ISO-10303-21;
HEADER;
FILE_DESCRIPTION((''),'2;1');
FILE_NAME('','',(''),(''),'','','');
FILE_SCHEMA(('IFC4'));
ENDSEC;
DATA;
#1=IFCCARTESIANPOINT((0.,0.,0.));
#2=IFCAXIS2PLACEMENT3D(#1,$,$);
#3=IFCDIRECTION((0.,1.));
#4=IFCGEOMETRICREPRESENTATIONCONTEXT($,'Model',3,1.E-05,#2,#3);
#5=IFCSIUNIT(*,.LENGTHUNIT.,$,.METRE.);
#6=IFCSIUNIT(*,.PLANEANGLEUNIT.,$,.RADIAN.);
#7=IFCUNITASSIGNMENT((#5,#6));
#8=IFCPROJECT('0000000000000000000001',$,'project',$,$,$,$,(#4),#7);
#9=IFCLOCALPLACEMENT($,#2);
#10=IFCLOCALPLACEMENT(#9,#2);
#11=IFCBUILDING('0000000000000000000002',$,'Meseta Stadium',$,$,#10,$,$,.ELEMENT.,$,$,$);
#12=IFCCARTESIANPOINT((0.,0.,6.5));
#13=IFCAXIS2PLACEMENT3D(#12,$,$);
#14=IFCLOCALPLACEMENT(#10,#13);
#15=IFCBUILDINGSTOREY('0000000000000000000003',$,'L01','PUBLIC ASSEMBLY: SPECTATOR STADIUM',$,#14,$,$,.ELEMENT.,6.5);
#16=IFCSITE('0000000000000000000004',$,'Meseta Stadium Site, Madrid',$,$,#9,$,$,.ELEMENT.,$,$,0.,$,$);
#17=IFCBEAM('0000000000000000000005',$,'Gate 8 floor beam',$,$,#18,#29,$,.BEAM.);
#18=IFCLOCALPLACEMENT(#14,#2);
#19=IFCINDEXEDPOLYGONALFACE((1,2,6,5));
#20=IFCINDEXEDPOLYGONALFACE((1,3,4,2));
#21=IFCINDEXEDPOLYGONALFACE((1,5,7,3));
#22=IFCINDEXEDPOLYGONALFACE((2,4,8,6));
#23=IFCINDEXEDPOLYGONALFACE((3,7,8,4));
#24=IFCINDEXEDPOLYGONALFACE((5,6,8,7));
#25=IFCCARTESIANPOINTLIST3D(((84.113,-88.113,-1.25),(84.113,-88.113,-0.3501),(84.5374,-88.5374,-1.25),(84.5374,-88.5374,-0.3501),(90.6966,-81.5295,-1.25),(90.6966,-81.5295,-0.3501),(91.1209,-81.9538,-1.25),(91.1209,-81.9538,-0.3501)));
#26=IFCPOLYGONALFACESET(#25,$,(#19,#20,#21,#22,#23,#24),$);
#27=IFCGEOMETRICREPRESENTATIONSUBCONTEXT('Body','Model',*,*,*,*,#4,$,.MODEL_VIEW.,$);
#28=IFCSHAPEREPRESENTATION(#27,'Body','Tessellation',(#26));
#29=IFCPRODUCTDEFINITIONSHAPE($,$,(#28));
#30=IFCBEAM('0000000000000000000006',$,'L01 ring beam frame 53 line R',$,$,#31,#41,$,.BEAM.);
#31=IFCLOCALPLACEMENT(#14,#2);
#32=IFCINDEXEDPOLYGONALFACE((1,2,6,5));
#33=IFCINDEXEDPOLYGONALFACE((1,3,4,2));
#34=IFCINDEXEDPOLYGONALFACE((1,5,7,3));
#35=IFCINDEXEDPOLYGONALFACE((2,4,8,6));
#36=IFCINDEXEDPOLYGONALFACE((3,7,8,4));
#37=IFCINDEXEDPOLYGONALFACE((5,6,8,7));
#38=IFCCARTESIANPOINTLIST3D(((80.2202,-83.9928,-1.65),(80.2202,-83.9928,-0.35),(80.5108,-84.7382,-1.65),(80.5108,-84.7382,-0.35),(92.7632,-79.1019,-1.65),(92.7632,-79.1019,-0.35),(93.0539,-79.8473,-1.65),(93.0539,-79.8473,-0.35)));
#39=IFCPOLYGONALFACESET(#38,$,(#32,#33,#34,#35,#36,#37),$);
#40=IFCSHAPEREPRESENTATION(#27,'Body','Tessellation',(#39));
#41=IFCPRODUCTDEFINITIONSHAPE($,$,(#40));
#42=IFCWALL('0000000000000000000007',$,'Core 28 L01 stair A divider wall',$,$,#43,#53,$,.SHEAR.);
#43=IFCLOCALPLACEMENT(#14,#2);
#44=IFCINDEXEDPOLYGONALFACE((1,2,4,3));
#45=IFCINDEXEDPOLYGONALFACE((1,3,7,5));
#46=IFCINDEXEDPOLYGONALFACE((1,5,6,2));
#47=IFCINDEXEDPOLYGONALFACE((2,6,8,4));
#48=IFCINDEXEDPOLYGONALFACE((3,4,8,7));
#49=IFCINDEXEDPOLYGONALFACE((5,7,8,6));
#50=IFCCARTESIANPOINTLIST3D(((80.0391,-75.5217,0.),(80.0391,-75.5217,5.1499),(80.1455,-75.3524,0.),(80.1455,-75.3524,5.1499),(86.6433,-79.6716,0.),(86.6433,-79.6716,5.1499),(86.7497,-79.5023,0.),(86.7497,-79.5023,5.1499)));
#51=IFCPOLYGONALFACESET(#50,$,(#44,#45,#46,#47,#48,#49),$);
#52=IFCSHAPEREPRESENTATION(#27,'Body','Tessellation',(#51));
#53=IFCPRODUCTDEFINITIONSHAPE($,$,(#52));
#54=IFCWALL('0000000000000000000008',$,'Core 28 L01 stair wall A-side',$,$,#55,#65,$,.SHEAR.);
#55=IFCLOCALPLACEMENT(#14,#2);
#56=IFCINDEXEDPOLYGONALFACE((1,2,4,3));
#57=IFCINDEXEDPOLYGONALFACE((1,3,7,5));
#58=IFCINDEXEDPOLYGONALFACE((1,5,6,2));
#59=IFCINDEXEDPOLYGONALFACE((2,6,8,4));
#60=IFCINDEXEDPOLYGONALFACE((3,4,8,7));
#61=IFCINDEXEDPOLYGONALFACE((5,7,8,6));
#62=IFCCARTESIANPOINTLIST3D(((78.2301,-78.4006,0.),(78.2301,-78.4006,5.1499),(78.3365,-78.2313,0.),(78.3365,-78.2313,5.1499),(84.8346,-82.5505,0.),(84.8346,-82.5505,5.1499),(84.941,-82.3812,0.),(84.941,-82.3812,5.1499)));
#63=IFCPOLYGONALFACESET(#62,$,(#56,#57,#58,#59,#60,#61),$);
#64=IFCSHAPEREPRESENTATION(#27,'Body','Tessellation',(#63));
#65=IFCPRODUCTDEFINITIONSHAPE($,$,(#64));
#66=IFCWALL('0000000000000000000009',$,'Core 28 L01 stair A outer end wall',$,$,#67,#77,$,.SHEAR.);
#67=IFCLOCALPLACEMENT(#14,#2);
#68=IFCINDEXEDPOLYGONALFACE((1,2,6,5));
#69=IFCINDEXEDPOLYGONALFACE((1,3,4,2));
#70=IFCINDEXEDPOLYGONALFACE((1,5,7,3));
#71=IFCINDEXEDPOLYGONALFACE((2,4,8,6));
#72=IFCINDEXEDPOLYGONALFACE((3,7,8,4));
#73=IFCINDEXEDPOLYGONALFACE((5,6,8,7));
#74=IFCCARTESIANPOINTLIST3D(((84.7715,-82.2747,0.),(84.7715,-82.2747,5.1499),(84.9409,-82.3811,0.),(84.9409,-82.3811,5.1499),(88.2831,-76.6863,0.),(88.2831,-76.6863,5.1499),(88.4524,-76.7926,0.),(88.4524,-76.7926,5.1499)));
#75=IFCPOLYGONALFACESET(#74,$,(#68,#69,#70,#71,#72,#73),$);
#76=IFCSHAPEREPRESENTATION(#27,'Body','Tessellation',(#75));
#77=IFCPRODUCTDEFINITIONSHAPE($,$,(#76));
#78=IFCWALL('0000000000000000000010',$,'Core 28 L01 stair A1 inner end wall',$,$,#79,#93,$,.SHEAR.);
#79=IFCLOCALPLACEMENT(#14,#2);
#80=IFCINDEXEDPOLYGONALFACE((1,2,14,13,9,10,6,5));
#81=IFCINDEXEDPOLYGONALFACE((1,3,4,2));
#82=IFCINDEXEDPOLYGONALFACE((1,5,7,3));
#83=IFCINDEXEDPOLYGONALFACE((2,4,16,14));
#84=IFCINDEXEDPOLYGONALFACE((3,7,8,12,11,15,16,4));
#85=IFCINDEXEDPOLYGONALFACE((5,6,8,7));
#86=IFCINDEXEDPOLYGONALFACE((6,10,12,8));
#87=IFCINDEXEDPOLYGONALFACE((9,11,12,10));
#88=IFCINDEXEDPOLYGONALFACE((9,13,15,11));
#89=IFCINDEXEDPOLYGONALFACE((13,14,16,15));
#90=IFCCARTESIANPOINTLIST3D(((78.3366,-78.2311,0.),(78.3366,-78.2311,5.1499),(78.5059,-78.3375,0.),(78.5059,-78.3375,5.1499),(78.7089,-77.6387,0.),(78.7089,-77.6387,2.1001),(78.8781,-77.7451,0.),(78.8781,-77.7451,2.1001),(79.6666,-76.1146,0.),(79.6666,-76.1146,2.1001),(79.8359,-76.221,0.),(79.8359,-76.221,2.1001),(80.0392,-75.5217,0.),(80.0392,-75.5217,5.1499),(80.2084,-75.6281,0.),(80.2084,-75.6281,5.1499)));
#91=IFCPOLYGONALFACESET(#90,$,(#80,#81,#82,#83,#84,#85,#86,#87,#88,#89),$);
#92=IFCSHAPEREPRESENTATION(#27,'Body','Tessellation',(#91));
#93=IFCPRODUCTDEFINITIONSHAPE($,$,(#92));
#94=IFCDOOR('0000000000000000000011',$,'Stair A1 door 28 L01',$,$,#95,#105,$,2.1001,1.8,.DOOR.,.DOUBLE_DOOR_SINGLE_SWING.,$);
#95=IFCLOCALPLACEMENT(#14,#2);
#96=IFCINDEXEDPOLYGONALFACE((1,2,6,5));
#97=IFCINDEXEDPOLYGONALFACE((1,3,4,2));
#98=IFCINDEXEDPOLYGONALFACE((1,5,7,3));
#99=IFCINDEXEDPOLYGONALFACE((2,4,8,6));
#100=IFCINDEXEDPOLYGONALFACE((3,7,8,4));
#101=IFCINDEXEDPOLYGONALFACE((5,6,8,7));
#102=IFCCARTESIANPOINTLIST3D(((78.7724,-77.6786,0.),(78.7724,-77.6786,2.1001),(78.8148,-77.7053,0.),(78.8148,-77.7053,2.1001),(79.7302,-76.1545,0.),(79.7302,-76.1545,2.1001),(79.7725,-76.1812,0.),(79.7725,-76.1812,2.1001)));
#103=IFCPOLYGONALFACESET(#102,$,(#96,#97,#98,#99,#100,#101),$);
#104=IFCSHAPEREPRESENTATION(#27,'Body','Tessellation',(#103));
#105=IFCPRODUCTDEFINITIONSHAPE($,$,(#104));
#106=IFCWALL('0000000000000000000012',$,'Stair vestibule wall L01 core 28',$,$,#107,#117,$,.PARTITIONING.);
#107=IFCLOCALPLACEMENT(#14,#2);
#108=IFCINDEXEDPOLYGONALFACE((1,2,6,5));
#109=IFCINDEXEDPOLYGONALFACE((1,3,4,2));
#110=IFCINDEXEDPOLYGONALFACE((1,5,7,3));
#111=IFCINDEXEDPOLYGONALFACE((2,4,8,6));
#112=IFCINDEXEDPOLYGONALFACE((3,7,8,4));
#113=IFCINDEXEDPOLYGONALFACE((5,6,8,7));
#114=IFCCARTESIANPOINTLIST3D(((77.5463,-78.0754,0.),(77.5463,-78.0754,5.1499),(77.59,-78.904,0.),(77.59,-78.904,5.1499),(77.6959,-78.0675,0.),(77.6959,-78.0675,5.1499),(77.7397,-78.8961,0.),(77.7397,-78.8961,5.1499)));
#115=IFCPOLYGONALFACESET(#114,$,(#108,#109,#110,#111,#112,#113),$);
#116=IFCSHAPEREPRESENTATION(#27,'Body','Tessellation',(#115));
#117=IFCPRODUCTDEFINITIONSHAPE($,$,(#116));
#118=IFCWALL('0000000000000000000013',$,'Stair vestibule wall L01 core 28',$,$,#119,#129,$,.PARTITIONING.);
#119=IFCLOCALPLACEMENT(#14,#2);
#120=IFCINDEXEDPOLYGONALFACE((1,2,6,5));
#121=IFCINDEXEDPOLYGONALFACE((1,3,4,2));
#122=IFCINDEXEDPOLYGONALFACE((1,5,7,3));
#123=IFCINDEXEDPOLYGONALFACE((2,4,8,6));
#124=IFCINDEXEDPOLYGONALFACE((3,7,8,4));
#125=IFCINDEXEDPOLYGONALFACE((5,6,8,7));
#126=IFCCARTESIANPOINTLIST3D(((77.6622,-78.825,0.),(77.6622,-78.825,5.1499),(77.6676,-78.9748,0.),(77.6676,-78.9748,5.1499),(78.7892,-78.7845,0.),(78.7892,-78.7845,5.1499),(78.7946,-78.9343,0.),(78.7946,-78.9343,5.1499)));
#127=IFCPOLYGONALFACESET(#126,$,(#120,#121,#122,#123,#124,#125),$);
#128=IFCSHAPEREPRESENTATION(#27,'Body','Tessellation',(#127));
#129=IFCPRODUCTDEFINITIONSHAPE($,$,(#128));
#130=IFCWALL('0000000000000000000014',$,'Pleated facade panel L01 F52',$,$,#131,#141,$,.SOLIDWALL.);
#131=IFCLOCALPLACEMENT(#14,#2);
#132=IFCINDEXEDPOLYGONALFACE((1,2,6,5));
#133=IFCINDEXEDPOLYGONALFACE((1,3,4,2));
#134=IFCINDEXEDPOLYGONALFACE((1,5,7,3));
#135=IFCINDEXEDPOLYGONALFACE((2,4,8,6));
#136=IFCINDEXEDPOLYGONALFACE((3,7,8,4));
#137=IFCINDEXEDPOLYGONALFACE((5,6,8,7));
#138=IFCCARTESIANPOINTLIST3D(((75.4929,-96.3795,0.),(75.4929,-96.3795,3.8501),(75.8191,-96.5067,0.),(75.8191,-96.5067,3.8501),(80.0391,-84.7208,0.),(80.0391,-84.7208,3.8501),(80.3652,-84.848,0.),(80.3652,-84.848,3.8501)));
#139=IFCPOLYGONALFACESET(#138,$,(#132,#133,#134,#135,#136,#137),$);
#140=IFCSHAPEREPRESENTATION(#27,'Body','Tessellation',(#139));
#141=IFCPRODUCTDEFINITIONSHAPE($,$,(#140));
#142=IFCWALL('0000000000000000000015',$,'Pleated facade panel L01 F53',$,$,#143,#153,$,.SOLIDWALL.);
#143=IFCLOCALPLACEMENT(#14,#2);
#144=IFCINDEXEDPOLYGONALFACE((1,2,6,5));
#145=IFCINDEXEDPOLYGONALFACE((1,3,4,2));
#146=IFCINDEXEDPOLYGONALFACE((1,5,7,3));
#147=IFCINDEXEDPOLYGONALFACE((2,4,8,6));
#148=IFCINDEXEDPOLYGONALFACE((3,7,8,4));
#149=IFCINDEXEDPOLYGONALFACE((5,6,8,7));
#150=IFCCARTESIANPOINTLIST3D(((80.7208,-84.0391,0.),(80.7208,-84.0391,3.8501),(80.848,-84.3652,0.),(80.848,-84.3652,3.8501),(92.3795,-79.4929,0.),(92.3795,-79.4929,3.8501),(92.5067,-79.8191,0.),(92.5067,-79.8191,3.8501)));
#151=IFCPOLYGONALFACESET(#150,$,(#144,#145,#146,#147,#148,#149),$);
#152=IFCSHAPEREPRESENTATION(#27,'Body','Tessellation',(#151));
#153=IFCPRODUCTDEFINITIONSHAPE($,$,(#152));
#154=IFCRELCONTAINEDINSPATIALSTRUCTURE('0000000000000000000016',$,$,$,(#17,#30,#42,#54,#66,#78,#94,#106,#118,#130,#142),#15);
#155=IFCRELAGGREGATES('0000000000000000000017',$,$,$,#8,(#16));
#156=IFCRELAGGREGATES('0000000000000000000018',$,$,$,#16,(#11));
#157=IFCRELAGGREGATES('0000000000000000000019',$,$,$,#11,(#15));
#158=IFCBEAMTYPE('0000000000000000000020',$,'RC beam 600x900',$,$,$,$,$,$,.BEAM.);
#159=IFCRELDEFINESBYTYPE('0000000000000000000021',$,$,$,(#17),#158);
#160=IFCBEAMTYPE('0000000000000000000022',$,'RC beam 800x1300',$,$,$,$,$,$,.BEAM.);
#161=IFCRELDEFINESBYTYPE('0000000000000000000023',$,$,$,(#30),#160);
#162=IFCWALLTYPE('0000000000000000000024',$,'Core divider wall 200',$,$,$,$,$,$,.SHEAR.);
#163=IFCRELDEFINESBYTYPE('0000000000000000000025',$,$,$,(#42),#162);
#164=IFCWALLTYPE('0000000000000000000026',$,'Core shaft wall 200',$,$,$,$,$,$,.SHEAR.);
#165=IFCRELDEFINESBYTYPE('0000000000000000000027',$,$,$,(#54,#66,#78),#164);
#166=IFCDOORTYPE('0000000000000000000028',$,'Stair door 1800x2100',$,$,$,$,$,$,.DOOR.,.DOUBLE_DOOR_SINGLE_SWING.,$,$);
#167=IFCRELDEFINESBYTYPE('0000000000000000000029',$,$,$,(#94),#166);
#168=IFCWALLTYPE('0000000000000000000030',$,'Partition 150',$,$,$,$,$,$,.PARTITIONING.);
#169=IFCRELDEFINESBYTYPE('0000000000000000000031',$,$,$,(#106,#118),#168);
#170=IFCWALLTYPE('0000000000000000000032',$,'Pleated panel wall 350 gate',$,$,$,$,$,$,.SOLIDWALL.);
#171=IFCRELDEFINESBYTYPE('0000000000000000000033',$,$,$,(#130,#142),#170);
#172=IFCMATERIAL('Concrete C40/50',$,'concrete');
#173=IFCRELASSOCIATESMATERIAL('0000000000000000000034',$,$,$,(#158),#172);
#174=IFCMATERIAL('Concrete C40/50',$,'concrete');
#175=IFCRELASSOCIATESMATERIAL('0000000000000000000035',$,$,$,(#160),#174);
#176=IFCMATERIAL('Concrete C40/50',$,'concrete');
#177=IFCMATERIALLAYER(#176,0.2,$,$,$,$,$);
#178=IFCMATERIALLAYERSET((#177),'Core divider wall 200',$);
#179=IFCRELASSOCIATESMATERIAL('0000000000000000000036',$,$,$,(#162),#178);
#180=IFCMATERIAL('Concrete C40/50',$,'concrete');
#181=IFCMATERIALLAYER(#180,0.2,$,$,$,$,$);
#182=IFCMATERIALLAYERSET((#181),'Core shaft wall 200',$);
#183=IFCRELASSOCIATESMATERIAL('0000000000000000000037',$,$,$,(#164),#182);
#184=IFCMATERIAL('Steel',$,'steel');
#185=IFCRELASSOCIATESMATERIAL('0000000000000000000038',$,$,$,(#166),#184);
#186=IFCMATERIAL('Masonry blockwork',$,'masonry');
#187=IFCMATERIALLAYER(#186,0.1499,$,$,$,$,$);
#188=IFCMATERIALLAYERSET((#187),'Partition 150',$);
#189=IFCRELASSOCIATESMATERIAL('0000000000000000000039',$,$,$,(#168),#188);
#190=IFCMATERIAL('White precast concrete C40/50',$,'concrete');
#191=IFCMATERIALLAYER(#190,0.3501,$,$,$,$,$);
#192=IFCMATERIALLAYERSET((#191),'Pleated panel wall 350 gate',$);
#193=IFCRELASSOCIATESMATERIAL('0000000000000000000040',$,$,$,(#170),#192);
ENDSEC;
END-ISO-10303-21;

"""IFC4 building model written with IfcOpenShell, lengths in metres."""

from ifc_helpers import new_model, si_unit, direction, frame, frame_2d, origin, origin_2d, place, context, subcontext, project, spatial, rectangle, extrude, material, layer, layer_set, material_profile, profile_set, type_object, element, fill, save


model = new_model("IFC4")

# Units and contexts
model_context = context("Model", 3, precision=1e-05, world=origin(), true_north=direction((0.0, 1.0)))
body_context = subcontext(model_context, "Body", "Model", "MODEL_VIEW")
ifc_project = project(units=[si_unit("LENGTHUNIT", "METRE"), si_unit("PLANEANGLEUNIT", "RADIAN")], contexts=[model_context])

# Site, building, storey
site_placement = place(None, origin())
site = spatial("IfcSite", under=ifc_project, at=site_placement, Name="Meseta Stadium Site, Madrid", CompositionType="ELEMENT", RefElevation=0.0)
building_placement = place(site_placement, origin())
building = spatial("IfcBuilding", under=site, at=building_placement, Name="Meseta Stadium", CompositionType="ELEMENT")
storey_placement = place(building_placement, frame((0.0, 0.0, 6.5)))
storey = spatial("IfcBuildingStorey", under=building, at=storey_placement, Name="L01", Description="PUBLIC ASSEMBLY: SPECTATOR STADIUM", CompositionType="ELEMENT", Elevation=6.5)

# Beams
ifc_material_1 = material(Name="Concrete C40/50", Category="concrete")
ifc_material_profile_1 = material_profile(ifc_material_1, rectangle(XDim=0.6001, YDim=0.8999, at=origin_2d()), Name="RC 600x900")
ifc_profile_set_1 = profile_set([ifc_material_profile_1], Name="Concrete C40/50")
beam_type_1 = type_object("IfcBeamType", Name="RC beam 600x900", PredefinedType="BEAM", material=ifc_profile_set_1)
beam_1_placement = place(storey_placement, frame((84.3252, -88.3252, -0.8), z_axis=(0.707107, 0.707107, 0.0), x_axis=(-0.707107, 0.707107, 0.0)))
element("IfcBeam", 1, at=beam_1_placement, inside=storey, type_object=beam_type_1, Name="Gate 8 floor beam", PredefinedType="BEAM", context=body_context, shape_type="SweptSolid", body=[
    extrude(rectangle(XDim=0.6001, YDim=0.8999, at=origin_2d()), origin(), (0.0, 0.0, 1.0), 9.3105),
])
ifc_material_2 = material(Name="Concrete C40/50", Category="concrete")
ifc_material_profile_2 = material_profile(ifc_material_2, rectangle(XDim=0.8, YDim=1.3, at=origin_2d()), Name="RC 800x1300")
ifc_profile_set_2 = profile_set([ifc_material_profile_2], Name="Concrete C40/50")
beam_type_2 = type_object("IfcBeamType", Name="RC beam 800x1300", PredefinedType="BEAM", material=ifc_profile_set_2)
beam_2_placement = place(storey_placement, frame((80.3655, -84.3655, -1.0), z_axis=(0.931677, 0.363288, 0.0), x_axis=(-0.363288, 0.931677, 0.0)))
element("IfcBeam", 2, at=beam_2_placement, inside=storey, type_object=beam_type_2, Name="L01 ring beam frame 53 line R", PredefinedType="BEAM", context=body_context, shape_type="SweptSolid", body=[
    extrude(rectangle(XDim=0.8, YDim=1.3, at=origin_2d()), origin(), (0.0, 0.0, 1.0), 13.4629),
])

# Walls
ifc_material_3 = material(Name="Concrete C40/50", Category="concrete")
ifc_layer_1 = layer(ifc_material_3, 0.2)
ifc_layer_set_1 = layer_set([ifc_layer_1], Name="Core divider wall 200")
wall_type_1 = type_object("IfcWallType", Name="Core divider wall 200", PredefinedType="SHEAR", material=ifc_layer_set_1)
wall_1_placement = place(storey_placement, frame((86.6965, -79.5869, 0.0), z_axis=(0.0, 0.0, 1.0), x_axis=(-0.846714, 0.532048, 0.0)))
element("IfcWall", 3, at=wall_1_placement, inside=storey, type_object=wall_type_1, Name="Core 28 L01 stair A divider wall", PredefinedType="SHEAR", context=body_context, shape_type="SweptSolid", body=[
    extrude(rectangle(XDim=7.7998, YDim=0.2, at=frame_2d((3.8999, 0.0))), origin(), (0.0, 0.0, 1.0), 5.1499),
])
ifc_material_4 = material(Name="Concrete C40/50", Category="concrete")
ifc_layer_2 = layer(ifc_material_4, 0.2)
ifc_layer_set_2 = layer_set([ifc_layer_2], Name="Core shaft wall 200")
wall_type_2 = type_object("IfcWallType", Name="Core shaft wall 200", PredefinedType="SHEAR", material=ifc_layer_set_2)
wall_2_placement = place(storey_placement, frame((84.8877, -82.4658, 0.0), z_axis=(0.0, 0.0, 1.0), x_axis=(-0.846723, 0.532034, 0.0)))
element("IfcWall", 4, at=wall_2_placement, inside=storey, type_object=wall_type_2, Name="Core 28 L01 stair wall A-side", PredefinedType="SHEAR", context=body_context, shape_type="SweptSolid", body=[
    extrude(rectangle(XDim=7.8, YDim=0.2, at=frame_2d((3.8999, 0.0))), origin(), (0.0, 0.0, 1.0), 5.1499),
])
wall_3_placement = place(storey_placement, frame((84.8562, -82.3279, 0.0), z_axis=(0.0, 0.0, 1.0), x_axis=(0.532039, 0.84672, 0.0)))
element("IfcWall", 5, at=wall_3_placement, inside=storey, type_object=wall_type_2, Name="Core 28 L01 stair A outer end wall", PredefinedType="SHEAR", context=body_context, shape_type="SweptSolid", body=[
    extrude(rectangle(XDim=6.6001, YDim=0.2, at=frame_2d((3.3, 0.0))), origin(), (0.0, 0.0, 1.0), 5.1499),
])

# Wall, opening, door
wall_4_placement = place(storey_placement, frame((78.4211, -78.2844, 0.0), z_axis=(0.0, 0.0, 1.0), x_axis=(0.532068, 0.846701, 0.0)))
wall_4 = element("IfcWall", 6, at=wall_4_placement, inside=storey, type_object=wall_type_2, Name="Core 28 L01 stair A1 inner end wall", PredefinedType="SHEAR", context=body_context, shape_type="SweptSolid", body=[
    extrude(rectangle(XDim=3.2, YDim=0.2, at=frame_2d((1.6001, 0.0))), origin(), (0.0, 0.0, 1.0), 5.1499),
])
opening_placement = place(wall_4_placement, frame((0.7, 0.0, 0.0)))
opening = element("IfcOpeningElement", 7, at=opening_placement, cuts=wall_4, PredefinedType="OPENING", context=body_context, shape_type="SweptSolid", body=[
    extrude(rectangle(XDim=1.8, YDim=2.1001, at=frame_2d((0.8999, 1.05))), frame((0.0, 0.1099, 0.0), z_axis=(0.0, -1.0, 0.0), x_axis=(1.0, 0.0, 0.0)), (0.0, 0.0, 1.0), 0.22),
])
ifc_material_5 = material(Name="Steel", Category="steel")
door_type = type_object("IfcDoorType", Name="Stair door 1800x2100", OperationType="DOUBLE_DOOR_SINGLE_SWING", PredefinedType="DOOR", material=ifc_material_5)
door_placement = place(opening_placement, origin())
door = element("IfcDoor", 8, at=door_placement, inside=storey, type_object=door_type, Name="Stair A1 door 28 L01", OperationType="DOUBLE_DOOR_SINGLE_SWING", OverallHeight=2.1001, OverallWidth=1.8, PredefinedType="DOOR", context=body_context, shape_type="SweptSolid", body=[
    extrude(rectangle(XDim=1.8, YDim=2.1001, at=frame_2d((0.8999, 1.05))), frame((0.0, 0.0249, 0.0), z_axis=(0.0, -1.0, 0.0), x_axis=(1.0, 0.0, 0.0)), (0.0, 0.0, 1.0), 0.05),
])
fill(opening, door)

# Walls
ifc_material_6 = material(Name="Masonry blockwork", Category="masonry")
ifc_layer_3 = layer(ifc_material_6, 0.1499)
ifc_layer_set_3 = layer_set([ifc_layer_3], Name="Partition 150")
wall_type_3 = type_object("IfcWallType", Name="Partition 150", PredefinedType="PARTITIONING", material=ifc_layer_set_3)
wall_5_placement = place(storey_placement, frame((77.6211, -78.0713, 0.0), z_axis=(0.0, 0.0, 1.0), x_axis=(0.052667, -0.998612, 0.0)))
element("IfcWall", 9, at=wall_5_placement, inside=storey, type_object=wall_type_3, Name="Stair vestibule wall L01 core 28", PredefinedType="PARTITIONING", context=body_context, shape_type="SweptSolid", body=[
    extrude(rectangle(XDim=0.8298, YDim=0.1499, at=frame_2d((0.415, 0.0))), origin(), (0.0, 0.0, 1.0), 5.1499),
])
wall_6_placement = place(storey_placement, frame((77.6648, -78.8999, 0.0), z_axis=(0.0, 0.0, 1.0), x_axis=(0.999354, 0.035939, 0.0)))
element("IfcWall", 10, at=wall_6_placement, inside=storey, type_object=wall_type_3, Name="Stair vestibule wall L01 core 28", PredefinedType="PARTITIONING", context=body_context, shape_type="SweptSolid", body=[
    extrude(rectangle(XDim=1.1277, YDim=0.1499, at=frame_2d((0.564, 0.0))), origin(), (0.0, 0.0, 1.0), 5.1499),
])
ifc_material_7 = material(Name="White precast concrete C40/50", Category="concrete")
ifc_layer_4 = layer(ifc_material_7, 0.3501)
ifc_layer_set_4 = layer_set([ifc_layer_4], Name="Pleated panel wall 350 gate")
wall_type_4 = type_object("IfcWallType", Name="Pleated panel wall 350 gate", PredefinedType="SOLIDWALL", material=ifc_layer_set_4)
for number, where, z_axis, x_axis, name in (
    (11, (80.2021, -84.7844, 0.0), (0.0, 0.0, 1.0), (-0.363293, -0.931675, 0.0), "Pleated facade panel L01 F52"),
    (12, (92.4431, -79.656, 0.0), (0.0, 0.0, 1.0), (-0.931675, -0.363293, 0.0), "Pleated facade panel L01 F53"),
):
    element("IfcWall", number, at=place(storey_placement, frame(where, z_axis=z_axis, x_axis=x_axis)), inside=storey, type_object=wall_type_4, Name=name, PredefinedType="SOLIDWALL", context=body_context, shape_type="SweptSolid", body=[
        extrude(rectangle(XDim=12.5137, YDim=0.3501, at=frame_2d((6.2568, 0.0))), origin(), (0.0, 0.0, 1.0), 3.8501),
    ])

save(model, "model.ifc")
